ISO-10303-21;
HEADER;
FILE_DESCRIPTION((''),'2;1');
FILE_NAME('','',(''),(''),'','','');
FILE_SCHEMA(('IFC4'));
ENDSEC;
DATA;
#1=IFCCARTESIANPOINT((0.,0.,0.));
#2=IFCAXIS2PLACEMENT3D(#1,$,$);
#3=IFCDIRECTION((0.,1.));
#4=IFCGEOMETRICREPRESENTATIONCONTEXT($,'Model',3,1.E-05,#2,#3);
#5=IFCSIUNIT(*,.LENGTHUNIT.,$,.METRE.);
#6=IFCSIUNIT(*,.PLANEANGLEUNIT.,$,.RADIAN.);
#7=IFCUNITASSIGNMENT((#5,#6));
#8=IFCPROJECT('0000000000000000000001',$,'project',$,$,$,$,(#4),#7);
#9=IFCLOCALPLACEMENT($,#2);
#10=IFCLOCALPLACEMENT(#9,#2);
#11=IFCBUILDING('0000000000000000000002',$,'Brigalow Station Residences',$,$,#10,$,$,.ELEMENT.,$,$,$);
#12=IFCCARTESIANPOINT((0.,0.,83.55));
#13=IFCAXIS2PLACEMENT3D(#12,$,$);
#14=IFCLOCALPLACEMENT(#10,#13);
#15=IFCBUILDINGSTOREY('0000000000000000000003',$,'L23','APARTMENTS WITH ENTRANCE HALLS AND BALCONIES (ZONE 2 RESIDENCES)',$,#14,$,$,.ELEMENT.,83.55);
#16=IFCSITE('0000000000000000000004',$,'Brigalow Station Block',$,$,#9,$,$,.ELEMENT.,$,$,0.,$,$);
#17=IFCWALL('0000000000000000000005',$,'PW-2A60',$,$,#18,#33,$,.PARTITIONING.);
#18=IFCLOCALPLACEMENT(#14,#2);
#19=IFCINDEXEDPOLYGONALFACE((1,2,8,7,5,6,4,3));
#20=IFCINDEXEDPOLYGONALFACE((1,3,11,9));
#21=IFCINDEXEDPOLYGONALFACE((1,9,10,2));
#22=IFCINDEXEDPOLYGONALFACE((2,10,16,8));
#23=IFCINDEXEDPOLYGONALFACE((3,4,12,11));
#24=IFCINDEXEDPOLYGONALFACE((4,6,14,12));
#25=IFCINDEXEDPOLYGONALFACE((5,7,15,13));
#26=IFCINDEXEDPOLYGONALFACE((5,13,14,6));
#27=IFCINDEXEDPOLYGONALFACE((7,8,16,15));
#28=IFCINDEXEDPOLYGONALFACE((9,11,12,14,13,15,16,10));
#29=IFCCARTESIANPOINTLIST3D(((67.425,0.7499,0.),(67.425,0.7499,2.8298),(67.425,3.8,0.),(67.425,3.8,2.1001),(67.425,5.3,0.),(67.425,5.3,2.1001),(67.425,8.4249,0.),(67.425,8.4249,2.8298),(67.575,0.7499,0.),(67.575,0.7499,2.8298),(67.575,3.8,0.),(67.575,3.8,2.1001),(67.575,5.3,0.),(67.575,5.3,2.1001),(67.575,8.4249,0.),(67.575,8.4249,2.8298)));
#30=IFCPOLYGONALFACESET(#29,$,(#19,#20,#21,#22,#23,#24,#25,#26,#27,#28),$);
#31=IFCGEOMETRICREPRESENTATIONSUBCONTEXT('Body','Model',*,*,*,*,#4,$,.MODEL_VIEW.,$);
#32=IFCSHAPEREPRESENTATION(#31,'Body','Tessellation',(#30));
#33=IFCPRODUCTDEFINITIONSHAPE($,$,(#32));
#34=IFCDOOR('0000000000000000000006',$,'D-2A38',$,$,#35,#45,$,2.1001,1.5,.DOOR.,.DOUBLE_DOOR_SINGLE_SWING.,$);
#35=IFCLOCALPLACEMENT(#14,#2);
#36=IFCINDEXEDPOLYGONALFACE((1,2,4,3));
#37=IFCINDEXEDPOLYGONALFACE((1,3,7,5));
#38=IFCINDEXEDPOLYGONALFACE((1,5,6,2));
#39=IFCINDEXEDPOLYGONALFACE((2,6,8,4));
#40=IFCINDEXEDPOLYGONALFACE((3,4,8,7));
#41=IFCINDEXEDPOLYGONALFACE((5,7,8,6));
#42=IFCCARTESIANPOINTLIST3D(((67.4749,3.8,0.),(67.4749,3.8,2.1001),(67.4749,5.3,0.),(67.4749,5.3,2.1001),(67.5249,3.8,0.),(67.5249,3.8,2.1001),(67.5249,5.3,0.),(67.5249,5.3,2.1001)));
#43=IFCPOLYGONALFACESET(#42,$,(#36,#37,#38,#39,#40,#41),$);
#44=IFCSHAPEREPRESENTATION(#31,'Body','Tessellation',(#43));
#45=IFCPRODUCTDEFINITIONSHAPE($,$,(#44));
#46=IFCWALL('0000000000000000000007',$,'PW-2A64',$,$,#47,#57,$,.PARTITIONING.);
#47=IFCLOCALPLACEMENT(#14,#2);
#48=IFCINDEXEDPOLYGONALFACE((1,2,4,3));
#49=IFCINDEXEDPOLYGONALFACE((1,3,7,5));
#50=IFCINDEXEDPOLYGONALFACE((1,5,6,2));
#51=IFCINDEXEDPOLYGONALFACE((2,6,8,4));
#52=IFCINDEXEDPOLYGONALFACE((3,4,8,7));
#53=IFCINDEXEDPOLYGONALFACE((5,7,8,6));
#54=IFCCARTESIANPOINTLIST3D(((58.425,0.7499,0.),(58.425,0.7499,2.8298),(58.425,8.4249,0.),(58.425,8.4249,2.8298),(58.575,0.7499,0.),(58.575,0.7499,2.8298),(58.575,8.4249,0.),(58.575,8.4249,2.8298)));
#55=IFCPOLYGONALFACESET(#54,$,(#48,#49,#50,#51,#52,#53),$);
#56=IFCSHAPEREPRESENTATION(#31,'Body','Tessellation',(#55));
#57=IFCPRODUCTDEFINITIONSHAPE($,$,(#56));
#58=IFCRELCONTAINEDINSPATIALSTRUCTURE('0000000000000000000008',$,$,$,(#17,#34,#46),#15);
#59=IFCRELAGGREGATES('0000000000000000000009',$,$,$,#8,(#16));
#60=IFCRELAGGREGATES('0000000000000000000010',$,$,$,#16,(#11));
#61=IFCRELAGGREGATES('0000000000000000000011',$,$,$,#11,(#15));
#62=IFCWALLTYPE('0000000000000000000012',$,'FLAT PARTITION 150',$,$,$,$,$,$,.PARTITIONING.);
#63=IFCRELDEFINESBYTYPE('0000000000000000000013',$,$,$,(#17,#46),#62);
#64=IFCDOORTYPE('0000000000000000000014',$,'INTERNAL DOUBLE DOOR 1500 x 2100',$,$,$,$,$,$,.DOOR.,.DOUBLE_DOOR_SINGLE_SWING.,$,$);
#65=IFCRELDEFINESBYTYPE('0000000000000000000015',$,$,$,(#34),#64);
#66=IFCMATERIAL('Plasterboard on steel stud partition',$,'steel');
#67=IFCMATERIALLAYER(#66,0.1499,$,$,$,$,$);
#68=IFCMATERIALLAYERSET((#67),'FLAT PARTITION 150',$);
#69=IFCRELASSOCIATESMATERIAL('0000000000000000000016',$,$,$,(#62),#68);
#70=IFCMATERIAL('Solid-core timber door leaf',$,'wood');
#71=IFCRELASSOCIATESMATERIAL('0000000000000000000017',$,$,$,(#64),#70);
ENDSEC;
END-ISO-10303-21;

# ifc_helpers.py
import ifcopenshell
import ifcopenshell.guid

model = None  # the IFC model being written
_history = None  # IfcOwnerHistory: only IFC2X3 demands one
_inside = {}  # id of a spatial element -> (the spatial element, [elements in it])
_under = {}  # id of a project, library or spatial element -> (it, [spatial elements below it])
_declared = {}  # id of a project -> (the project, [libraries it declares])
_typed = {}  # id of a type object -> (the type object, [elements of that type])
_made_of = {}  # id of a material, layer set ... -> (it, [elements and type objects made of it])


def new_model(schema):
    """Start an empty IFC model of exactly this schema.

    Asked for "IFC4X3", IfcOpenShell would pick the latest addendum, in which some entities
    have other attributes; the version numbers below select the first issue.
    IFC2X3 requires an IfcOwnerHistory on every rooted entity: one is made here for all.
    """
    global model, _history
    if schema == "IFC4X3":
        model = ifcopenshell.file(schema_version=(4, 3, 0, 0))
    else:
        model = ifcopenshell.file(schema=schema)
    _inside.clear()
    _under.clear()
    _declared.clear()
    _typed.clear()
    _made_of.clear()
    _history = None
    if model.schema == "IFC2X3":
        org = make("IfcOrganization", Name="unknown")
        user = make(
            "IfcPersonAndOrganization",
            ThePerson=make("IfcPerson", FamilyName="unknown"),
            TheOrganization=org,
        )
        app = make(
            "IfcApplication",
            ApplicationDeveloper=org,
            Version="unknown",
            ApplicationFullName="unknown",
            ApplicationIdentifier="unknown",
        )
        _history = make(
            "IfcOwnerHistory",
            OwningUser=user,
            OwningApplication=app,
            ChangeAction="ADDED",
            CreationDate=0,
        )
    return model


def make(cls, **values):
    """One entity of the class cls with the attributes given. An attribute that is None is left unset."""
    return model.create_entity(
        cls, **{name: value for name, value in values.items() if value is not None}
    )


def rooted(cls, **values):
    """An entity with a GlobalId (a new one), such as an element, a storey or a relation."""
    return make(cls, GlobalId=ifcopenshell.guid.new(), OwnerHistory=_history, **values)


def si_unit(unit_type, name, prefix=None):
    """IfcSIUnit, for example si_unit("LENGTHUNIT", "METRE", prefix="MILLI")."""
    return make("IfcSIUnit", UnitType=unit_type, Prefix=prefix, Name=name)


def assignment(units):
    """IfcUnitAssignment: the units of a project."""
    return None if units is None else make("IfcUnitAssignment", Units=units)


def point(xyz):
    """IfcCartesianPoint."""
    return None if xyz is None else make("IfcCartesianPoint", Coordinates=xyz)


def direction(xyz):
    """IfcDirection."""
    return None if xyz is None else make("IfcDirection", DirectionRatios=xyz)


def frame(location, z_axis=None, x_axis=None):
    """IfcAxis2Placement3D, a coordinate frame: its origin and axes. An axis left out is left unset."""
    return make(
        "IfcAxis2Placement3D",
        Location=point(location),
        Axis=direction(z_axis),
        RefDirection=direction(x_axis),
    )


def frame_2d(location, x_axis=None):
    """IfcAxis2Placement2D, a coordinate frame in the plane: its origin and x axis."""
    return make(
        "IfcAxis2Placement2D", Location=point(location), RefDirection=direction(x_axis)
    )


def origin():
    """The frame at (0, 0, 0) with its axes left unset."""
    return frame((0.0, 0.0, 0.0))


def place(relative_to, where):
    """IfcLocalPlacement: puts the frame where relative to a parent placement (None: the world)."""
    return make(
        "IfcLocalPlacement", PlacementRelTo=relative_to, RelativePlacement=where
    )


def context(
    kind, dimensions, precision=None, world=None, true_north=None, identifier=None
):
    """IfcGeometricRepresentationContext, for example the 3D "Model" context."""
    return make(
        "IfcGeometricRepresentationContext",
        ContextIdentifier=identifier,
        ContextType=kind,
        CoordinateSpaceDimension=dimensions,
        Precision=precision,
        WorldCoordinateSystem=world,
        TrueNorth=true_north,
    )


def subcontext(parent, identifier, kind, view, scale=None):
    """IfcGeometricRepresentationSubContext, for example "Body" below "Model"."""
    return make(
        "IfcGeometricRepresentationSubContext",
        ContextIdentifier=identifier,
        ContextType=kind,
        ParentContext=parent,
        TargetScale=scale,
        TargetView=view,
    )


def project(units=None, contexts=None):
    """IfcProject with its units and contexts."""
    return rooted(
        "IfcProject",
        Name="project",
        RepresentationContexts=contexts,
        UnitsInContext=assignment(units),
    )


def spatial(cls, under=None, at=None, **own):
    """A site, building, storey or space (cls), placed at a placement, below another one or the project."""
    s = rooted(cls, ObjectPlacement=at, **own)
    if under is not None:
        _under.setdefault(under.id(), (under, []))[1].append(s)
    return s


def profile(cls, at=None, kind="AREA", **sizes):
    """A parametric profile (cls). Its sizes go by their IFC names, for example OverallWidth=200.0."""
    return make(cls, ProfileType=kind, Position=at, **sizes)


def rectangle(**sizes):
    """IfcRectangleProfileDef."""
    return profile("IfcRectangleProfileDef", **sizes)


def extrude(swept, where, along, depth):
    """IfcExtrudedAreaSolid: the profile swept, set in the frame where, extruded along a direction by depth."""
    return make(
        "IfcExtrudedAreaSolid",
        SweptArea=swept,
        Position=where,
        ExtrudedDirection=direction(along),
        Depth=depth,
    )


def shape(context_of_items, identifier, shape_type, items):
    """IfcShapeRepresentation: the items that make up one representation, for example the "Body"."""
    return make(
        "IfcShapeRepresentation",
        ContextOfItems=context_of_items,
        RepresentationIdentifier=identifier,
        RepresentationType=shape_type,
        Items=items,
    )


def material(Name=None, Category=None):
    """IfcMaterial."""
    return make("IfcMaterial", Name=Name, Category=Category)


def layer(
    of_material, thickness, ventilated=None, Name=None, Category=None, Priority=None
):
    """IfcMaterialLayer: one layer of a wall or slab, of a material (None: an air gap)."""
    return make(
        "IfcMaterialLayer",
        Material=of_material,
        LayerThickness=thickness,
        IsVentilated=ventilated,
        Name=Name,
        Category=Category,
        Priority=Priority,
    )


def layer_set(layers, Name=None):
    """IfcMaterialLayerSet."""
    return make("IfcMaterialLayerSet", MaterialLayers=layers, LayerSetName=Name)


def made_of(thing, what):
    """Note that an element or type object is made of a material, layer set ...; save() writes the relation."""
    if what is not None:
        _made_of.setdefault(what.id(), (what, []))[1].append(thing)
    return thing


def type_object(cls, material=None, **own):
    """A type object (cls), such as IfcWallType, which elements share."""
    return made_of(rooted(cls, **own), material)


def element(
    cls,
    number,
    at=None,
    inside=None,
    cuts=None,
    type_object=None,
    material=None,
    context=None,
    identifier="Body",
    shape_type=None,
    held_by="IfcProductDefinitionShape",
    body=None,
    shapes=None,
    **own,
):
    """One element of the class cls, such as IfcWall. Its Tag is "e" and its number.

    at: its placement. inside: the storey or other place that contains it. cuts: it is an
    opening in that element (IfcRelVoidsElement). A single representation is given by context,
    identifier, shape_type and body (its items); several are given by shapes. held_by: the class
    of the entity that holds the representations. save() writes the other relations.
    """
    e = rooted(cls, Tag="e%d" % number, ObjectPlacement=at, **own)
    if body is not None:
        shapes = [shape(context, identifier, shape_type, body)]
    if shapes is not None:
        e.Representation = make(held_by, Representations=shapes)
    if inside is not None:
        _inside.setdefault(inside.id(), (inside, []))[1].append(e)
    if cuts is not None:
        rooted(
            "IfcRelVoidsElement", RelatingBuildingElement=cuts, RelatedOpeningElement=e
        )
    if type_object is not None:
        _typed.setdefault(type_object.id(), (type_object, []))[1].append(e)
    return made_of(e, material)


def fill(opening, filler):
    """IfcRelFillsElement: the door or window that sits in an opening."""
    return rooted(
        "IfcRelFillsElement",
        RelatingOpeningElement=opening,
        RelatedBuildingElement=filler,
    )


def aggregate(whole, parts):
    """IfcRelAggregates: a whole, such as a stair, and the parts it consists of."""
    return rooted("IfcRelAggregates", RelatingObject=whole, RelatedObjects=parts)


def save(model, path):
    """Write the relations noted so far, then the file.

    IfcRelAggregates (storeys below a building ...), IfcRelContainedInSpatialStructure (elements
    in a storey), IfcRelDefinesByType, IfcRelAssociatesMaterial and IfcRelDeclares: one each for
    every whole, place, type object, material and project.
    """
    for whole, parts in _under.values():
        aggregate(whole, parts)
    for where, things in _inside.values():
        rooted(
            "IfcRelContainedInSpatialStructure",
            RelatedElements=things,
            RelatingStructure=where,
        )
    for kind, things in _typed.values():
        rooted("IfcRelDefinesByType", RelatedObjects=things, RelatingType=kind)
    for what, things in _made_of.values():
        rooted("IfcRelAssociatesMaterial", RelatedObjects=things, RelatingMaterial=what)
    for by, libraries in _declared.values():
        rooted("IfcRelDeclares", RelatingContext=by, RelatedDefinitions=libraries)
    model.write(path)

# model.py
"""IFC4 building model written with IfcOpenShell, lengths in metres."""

from ifc_helpers import new_model, si_unit, direction, frame, frame_2d, origin, place, context, subcontext, project, spatial, rectangle, extrude, material, layer, layer_set, type_object, element, fill, save


model = new_model("IFC4")

# Units and contexts
model_context = context("Model", 3, precision=1e-05, world=origin(), true_north=direction((0.0, 1.0)))
body_context = subcontext(model_context, "Body", "Model", "MODEL_VIEW")
ifc_project = project(units=[si_unit("LENGTHUNIT", "METRE"), si_unit("PLANEANGLEUNIT", "RADIAN")], contexts=[model_context])

# Site, building, storey
site_placement = place(None, origin())
site = spatial("IfcSite", under=ifc_project, at=site_placement, Name="Brigalow Station Block", CompositionType="ELEMENT", RefElevation=0.0)
building_placement = place(site_placement, origin())
building = spatial("IfcBuilding", under=site, at=building_placement, Name="Brigalow Station Residences", CompositionType="ELEMENT")
storey_placement = place(building_placement, frame((0.0, 0.0, 83.55)))
storey = spatial("IfcBuildingStorey", under=building, at=storey_placement, Name="L23", Description="APARTMENTS WITH ENTRANCE HALLS AND BALCONIES (ZONE 2 RESIDENCES)", CompositionType="ELEMENT", Elevation=83.55)

# Shared definitions
ifc_material_1 = material(Name="Plasterboard on steel stud partition", Category="steel")
ifc_layer_1 = layer(ifc_material_1, 0.1499)
ifc_layer_set_1 = layer_set([ifc_layer_1], Name="FLAT PARTITION 150")
wall_type_1 = type_object("IfcWallType", Name="FLAT PARTITION 150", PredefinedType="PARTITIONING", material=ifc_layer_set_1)

# Wall, opening, door
wall_1_placement = place(storey_placement, frame((67.5, 0.75, 0.0), z_axis=(0.0, 0.0, 1.0), x_axis=(0.0, 1.0, 0.0)))
wall_1 = element("IfcWall", 1, at=wall_1_placement, inside=storey, type_object=wall_type_1, Name="PW-2A60", PredefinedType="PARTITIONING", context=body_context, shape_type="SweptSolid", body=[
    extrude(rectangle(XDim=7.675, YDim=0.1499, at=frame_2d((3.8374, 0.0))), origin(), (0.0, 0.0, 1.0), 2.8298),
])
opening_1_placement = place(wall_1_placement, frame((3.05, 0.0, 0.0)))
opening_1 = element("IfcOpeningElement", 2, at=opening_1_placement, cuts=wall_1, PredefinedType="OPENING", context=body_context, shape_type="SweptSolid", body=[
    extrude(rectangle(XDim=1.5, YDim=2.1001, at=frame_2d((0.75, 1.05))), frame((0.0, 0.085, 0.0), z_axis=(0.0, -1.0, 0.0), x_axis=(1.0, 0.0, 0.0)), (0.0, 0.0, 1.0), 0.1699),
])
ifc_material_2 = material(Name="Solid-core timber door leaf", Category="wood")
door_type = type_object("IfcDoorType", Name="INTERNAL DOUBLE DOOR 1500 x 2100", OperationType="DOUBLE_DOOR_SINGLE_SWING", PredefinedType="DOOR", material=ifc_material_2)
door_placement = place(opening_1_placement, frame((1.5, 0.0, 0.0), z_axis=(0.0, 0.0, 1.0), x_axis=(-1.0, 0.0, 0.0)))
door = element("IfcDoor", 3, at=door_placement, inside=storey, type_object=door_type, Name="D-2A38", OperationType="DOUBLE_DOOR_SINGLE_SWING", OverallHeight=2.1001, OverallWidth=1.5, PredefinedType="DOOR", context=body_context, shape_type="SweptSolid", body=[
    extrude(rectangle(XDim=1.5, YDim=2.1001, at=frame_2d((0.75, 1.05))), frame((0.0, 0.0249, 0.0), z_axis=(0.0, -1.0, 0.0), x_axis=(1.0, 0.0, 0.0)), (0.0, 0.0, 1.0), 0.05),
])
fill(opening_1, door)

# Wall
wall_2_placement = place(storey_placement, frame((58.5, 0.75, 0.0), z_axis=(0.0, 0.0, 1.0), x_axis=(0.0, 1.0, 0.0)))
element("IfcWall", 4, at=wall_2_placement, inside=storey, type_object=wall_type_1, Name="PW-2A64", PredefinedType="PARTITIONING", context=body_context, shape_type="SweptSolid", body=[
    extrude(rectangle(XDim=7.675, YDim=0.1499, at=frame_2d((3.8374, 0.0))), origin(), (0.0, 0.0, 1.0), 2.8298),
])

save(model, "model.ifc")
